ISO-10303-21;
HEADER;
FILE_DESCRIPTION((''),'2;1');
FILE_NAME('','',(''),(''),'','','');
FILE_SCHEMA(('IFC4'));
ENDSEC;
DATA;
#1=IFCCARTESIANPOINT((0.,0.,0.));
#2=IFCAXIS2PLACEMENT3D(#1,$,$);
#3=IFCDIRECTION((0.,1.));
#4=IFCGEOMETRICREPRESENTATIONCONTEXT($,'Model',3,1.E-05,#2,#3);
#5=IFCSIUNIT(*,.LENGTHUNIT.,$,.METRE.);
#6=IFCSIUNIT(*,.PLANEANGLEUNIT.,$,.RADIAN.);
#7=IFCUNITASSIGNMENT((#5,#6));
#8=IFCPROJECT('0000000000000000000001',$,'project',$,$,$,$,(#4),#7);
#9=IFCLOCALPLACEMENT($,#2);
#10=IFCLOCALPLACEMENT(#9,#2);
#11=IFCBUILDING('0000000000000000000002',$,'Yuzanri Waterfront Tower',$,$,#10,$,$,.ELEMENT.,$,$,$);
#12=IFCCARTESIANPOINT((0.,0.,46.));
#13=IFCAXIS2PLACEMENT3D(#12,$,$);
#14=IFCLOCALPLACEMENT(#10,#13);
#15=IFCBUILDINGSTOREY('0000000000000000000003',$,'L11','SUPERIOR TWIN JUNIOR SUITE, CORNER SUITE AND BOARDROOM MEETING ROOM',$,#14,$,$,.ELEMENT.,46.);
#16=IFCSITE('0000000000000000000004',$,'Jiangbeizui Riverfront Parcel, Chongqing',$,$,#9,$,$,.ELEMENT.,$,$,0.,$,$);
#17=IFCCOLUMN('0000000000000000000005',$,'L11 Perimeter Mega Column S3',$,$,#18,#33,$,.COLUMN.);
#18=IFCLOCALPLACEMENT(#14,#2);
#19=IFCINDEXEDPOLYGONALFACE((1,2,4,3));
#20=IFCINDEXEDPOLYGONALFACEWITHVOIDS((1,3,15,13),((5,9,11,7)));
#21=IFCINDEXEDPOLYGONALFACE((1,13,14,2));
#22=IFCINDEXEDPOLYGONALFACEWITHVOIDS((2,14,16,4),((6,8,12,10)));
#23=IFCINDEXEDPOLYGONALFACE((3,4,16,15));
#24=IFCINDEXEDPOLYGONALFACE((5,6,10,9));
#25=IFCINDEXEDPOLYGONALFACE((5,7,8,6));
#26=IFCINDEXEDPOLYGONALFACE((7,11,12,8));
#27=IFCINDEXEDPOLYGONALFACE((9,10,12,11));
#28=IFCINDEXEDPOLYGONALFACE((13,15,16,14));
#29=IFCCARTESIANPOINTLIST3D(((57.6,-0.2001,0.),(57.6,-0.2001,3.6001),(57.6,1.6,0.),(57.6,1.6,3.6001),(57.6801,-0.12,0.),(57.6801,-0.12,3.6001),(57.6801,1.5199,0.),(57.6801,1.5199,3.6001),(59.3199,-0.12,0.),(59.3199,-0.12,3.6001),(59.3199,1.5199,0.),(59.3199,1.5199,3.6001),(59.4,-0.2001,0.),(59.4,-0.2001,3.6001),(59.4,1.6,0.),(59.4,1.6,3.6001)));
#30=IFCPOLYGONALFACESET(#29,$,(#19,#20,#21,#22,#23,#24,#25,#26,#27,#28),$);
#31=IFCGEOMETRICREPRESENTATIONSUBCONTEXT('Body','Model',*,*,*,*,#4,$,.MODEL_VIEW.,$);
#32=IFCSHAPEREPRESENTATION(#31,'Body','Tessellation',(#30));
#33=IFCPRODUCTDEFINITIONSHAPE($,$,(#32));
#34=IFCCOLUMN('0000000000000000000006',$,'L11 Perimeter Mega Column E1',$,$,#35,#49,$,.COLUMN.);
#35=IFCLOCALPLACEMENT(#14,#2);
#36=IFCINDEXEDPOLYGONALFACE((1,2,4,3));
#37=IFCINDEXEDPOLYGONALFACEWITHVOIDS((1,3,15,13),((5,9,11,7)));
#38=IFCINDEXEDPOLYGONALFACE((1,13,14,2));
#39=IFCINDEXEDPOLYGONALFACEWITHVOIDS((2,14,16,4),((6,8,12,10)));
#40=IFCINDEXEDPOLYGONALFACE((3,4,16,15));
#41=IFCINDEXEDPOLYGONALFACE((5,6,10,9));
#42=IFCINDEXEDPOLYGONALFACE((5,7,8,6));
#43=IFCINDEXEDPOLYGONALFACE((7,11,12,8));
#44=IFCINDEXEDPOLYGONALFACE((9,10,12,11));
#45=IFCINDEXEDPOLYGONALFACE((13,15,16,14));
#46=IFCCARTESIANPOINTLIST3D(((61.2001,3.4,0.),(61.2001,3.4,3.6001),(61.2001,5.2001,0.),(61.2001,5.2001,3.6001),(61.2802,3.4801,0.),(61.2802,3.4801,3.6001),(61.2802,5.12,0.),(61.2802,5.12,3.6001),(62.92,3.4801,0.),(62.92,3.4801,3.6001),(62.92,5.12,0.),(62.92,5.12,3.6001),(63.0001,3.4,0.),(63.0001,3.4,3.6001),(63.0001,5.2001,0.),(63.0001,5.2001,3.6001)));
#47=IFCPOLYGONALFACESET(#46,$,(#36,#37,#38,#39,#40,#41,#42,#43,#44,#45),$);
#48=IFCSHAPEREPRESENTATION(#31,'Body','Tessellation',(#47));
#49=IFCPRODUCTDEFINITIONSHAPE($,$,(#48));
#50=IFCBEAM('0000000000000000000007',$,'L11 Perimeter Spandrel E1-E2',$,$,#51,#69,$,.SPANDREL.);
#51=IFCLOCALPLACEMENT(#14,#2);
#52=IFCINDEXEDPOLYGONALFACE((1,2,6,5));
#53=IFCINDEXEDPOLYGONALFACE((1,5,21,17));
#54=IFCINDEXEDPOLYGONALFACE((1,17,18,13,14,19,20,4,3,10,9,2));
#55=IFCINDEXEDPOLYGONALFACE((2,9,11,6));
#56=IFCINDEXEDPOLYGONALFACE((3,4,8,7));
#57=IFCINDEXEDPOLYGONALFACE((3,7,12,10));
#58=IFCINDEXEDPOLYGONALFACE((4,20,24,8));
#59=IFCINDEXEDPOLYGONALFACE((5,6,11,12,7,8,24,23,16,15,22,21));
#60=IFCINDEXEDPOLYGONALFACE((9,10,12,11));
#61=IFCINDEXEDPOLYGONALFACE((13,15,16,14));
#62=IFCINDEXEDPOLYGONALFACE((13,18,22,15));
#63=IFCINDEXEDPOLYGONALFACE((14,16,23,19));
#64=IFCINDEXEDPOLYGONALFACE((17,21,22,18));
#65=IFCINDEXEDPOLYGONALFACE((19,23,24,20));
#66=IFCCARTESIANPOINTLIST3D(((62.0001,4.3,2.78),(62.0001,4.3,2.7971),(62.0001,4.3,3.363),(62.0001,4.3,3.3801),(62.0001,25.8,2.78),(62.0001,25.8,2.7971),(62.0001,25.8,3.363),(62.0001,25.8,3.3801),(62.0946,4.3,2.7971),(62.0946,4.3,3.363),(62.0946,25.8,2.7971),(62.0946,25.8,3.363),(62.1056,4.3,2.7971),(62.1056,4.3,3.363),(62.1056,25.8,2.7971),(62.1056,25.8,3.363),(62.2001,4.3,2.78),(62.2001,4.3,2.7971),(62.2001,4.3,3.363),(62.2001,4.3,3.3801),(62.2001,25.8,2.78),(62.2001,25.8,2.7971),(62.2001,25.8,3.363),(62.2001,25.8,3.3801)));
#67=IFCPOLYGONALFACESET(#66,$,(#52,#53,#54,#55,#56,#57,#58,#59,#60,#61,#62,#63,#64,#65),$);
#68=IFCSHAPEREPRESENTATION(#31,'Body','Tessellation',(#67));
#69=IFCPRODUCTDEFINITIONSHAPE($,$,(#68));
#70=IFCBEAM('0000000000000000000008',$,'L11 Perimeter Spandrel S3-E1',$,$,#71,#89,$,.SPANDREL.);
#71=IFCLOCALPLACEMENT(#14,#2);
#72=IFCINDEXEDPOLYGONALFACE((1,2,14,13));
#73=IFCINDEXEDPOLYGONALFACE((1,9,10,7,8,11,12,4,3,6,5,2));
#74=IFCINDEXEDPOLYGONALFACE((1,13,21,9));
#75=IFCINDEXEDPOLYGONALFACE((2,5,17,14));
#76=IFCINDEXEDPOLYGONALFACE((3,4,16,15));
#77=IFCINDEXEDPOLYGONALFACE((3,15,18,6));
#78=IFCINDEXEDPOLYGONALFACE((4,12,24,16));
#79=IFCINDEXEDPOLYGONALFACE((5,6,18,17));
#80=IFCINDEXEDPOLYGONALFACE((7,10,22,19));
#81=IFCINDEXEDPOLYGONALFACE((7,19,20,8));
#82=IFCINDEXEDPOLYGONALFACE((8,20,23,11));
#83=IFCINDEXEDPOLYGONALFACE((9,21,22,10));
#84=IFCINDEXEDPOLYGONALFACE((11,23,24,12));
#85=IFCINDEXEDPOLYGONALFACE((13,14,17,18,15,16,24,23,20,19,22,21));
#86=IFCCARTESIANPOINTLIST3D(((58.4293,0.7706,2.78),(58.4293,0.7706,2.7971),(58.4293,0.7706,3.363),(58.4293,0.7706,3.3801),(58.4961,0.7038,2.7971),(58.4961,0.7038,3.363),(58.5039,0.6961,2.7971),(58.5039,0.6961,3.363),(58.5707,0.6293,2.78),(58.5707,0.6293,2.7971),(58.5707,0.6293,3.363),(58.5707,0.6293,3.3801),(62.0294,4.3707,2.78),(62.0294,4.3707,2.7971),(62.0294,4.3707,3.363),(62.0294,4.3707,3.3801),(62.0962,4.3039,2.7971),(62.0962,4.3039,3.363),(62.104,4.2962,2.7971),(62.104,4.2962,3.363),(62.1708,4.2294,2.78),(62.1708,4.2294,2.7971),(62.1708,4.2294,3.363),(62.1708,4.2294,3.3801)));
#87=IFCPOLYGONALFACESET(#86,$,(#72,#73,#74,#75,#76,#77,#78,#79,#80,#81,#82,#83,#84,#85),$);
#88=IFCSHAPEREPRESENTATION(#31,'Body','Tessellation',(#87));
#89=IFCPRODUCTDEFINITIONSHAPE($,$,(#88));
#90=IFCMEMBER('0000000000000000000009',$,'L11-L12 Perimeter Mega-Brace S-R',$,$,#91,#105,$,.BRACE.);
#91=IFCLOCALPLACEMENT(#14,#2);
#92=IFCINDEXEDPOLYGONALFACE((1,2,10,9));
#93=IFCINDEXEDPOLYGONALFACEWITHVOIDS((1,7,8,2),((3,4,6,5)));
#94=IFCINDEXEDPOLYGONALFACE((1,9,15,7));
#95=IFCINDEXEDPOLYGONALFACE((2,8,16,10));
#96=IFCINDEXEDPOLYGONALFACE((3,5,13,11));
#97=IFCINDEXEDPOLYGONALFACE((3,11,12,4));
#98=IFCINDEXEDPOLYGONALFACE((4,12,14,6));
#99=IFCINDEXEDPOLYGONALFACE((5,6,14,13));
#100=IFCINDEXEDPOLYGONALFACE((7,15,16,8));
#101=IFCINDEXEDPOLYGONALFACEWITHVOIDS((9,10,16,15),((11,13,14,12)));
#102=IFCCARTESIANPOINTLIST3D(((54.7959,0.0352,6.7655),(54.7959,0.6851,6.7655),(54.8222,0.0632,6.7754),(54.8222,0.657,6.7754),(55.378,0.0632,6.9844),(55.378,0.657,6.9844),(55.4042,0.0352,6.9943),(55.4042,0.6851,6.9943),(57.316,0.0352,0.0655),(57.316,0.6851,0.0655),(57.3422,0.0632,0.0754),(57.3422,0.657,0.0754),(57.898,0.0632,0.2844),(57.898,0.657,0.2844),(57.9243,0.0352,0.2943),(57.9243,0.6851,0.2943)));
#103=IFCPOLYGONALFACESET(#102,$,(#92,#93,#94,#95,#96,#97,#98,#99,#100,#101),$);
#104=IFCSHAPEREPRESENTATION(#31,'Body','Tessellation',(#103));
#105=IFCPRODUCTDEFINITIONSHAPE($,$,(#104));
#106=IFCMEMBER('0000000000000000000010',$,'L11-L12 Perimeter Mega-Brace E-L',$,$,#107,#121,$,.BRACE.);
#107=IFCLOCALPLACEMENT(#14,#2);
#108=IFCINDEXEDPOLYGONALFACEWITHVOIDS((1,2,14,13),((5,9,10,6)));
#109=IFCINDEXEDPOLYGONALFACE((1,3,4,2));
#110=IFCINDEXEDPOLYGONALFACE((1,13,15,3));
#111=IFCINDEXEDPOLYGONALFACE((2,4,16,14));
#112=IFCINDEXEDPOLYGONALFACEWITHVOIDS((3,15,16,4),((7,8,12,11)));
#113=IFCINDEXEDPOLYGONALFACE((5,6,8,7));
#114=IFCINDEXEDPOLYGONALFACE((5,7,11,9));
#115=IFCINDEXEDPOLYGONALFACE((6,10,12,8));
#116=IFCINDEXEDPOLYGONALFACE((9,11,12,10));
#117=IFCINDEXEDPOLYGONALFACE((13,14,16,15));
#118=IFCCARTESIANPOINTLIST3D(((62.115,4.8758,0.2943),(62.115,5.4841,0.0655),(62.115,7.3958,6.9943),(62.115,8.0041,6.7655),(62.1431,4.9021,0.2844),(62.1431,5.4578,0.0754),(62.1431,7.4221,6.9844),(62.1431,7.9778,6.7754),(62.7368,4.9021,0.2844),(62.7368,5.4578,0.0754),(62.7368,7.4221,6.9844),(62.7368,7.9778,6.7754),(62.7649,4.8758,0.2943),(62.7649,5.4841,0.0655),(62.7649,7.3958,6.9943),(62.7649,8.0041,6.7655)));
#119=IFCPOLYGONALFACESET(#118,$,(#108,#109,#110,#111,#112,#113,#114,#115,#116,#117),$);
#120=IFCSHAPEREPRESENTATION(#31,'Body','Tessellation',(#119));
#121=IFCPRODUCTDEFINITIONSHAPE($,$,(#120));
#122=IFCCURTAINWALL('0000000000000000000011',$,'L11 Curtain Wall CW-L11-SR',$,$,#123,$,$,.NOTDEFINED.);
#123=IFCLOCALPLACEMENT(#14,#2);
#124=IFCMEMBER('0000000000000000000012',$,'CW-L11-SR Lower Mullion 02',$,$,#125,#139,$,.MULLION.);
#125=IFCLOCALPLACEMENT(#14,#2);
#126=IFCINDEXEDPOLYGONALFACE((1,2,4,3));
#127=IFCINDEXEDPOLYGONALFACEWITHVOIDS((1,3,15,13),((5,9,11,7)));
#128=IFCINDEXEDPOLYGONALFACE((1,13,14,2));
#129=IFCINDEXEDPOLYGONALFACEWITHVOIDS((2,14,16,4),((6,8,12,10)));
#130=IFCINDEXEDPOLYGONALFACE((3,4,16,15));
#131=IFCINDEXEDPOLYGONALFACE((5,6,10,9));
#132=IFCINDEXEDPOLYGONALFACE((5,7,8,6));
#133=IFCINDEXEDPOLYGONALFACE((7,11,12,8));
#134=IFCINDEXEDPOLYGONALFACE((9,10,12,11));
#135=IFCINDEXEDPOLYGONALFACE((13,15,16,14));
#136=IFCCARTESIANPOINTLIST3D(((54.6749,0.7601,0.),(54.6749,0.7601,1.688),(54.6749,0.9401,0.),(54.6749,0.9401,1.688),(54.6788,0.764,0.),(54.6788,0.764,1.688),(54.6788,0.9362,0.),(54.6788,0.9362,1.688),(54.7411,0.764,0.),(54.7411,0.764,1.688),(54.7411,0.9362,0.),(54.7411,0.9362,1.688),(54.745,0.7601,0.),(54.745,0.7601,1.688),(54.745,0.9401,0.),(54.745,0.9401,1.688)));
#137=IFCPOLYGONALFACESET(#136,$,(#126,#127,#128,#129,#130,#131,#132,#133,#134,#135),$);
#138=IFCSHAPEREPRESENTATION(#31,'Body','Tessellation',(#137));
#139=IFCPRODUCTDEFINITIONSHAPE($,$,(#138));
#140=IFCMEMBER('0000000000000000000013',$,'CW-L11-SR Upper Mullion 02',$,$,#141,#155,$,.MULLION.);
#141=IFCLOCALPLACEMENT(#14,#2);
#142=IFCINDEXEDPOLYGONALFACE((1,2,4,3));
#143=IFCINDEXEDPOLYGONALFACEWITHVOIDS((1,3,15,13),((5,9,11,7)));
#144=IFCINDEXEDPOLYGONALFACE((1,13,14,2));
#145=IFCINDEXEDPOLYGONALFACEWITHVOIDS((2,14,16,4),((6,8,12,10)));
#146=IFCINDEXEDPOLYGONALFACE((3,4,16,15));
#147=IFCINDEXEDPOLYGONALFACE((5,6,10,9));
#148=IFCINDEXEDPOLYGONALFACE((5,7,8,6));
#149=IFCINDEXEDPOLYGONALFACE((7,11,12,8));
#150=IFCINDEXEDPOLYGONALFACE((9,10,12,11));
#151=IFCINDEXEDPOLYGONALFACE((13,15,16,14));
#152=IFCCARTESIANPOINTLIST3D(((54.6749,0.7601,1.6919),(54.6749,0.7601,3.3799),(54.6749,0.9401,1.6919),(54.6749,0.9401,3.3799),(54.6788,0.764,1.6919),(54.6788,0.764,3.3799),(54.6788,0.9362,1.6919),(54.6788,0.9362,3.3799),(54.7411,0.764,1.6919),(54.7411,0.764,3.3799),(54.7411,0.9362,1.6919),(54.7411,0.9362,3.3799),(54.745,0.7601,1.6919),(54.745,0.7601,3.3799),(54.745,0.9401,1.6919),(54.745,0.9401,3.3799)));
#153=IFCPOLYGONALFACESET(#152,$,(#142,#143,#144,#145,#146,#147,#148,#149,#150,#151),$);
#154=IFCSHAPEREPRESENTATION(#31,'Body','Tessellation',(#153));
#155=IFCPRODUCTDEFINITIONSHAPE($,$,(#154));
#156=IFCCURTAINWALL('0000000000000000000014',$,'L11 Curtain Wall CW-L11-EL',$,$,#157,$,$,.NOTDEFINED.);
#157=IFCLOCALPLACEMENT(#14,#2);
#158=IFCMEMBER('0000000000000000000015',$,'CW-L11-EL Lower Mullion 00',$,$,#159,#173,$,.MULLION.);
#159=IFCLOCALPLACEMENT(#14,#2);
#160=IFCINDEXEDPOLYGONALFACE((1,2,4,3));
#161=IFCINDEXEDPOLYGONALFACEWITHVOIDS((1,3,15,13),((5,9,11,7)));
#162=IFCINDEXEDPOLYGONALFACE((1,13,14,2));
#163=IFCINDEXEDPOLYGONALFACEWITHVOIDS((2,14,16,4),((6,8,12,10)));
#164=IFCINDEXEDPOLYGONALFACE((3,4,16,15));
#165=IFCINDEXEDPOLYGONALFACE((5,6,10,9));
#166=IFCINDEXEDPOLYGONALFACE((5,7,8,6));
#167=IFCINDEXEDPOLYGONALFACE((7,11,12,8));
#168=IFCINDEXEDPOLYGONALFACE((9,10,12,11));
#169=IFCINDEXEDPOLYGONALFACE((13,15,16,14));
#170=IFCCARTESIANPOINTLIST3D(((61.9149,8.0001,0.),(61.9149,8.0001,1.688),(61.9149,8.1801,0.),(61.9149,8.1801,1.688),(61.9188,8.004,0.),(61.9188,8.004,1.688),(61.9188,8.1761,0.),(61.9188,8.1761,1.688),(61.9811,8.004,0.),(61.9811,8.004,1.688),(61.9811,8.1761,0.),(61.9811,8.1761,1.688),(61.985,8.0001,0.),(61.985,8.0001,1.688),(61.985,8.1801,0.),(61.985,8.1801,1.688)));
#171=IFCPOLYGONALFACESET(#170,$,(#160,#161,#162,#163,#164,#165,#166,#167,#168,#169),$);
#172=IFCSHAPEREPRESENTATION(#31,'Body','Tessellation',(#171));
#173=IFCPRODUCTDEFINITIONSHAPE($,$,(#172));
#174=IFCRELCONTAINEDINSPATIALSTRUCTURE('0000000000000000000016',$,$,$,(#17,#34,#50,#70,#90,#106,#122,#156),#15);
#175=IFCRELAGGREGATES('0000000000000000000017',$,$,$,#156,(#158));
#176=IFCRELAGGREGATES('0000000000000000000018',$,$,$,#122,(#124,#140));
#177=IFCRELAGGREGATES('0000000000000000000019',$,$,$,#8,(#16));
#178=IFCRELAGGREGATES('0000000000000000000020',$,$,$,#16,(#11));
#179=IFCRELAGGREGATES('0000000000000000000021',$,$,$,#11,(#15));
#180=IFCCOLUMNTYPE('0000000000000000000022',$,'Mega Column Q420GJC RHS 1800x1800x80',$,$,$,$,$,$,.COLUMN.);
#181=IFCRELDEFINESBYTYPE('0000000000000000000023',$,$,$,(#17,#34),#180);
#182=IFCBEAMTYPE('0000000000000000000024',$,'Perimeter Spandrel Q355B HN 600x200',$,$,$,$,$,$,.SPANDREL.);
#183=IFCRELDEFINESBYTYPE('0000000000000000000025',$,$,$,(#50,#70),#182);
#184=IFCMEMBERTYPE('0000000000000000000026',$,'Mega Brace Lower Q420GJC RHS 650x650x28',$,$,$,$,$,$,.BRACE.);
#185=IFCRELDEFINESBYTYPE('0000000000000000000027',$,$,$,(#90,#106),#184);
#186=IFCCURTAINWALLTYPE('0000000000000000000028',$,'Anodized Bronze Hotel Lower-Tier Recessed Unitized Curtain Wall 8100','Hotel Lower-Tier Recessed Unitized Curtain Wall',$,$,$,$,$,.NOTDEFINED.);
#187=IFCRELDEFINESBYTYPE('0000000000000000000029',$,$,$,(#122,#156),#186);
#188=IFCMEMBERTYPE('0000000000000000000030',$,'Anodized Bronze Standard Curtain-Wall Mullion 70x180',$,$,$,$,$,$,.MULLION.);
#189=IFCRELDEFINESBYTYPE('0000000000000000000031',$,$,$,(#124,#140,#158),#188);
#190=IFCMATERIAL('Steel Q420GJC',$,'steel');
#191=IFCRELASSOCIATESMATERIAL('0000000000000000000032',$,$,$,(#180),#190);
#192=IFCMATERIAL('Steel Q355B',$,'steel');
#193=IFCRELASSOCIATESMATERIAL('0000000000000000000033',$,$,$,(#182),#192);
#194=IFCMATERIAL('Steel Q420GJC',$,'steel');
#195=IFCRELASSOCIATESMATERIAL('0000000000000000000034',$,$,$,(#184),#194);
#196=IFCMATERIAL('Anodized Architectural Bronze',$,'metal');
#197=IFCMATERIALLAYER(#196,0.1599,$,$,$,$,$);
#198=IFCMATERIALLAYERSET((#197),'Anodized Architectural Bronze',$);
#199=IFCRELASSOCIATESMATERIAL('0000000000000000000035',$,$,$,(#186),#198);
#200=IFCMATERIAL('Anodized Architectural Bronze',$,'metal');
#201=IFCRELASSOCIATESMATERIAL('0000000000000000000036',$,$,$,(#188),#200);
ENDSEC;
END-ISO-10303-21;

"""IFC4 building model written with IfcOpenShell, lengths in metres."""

from ifc_helpers import new_model, si_unit, direction, frame, origin, origin_2d, place, context, subcontext, project, spatial, hollow_rectangle, i_section, extrude, source, transform, mapped, material, layer, layer_set, material_profile, profile_set, type_object, element, aggregate, save


model = new_model("IFC4")

# Units and contexts
model_context = context("Model", 3, precision=1e-05, world=origin(), true_north=direction((0.0, 1.0)))
body_context = subcontext(model_context, "Body", "Model", "MODEL_VIEW")
ifc_project = project(units=[si_unit("LENGTHUNIT", "METRE"), si_unit("PLANEANGLEUNIT", "RADIAN")], contexts=[model_context])

# Site, building, storey
site_placement = place(None, origin())
site = spatial("IfcSite", under=ifc_project, at=site_placement, Name="Jiangbeizui Riverfront Parcel, Chongqing", CompositionType="ELEMENT", RefElevation=0.0)
building_placement = place(site_placement, origin())
building = spatial("IfcBuilding", under=site, at=building_placement, Name="Yuzanri Waterfront Tower", CompositionType="ELEMENT")
storey_placement = place(building_placement, frame((0.0, 0.0, 46.0)))
storey = spatial("IfcBuildingStorey", under=building, at=storey_placement, Name="L11", Description="SUPERIOR TWIN JUNIOR SUITE, CORNER SUITE AND BOARDROOM MEETING ROOM", CompositionType="ELEMENT", Elevation=46.0)

# Columns
ifc_material_1 = material(Name="Steel Q420GJC", Category="steel")
ifc_material_profile_1 = material_profile(ifc_material_1, hollow_rectangle(XDim=1.8, YDim=1.8, WallThickness=0.0801, at=origin_2d()), Name="RHS 1800x1800x80")
ifc_profile_set_1 = profile_set([ifc_material_profile_1], Name="Steel Q420GJC")
column_type = type_object("IfcColumnType", Name="Mega Column Q420GJC RHS 1800x1800x80", PredefinedType="COLUMN", material=ifc_profile_set_1)
shared_shape_1 = source(origin(), body_context, "Body", "SweptSolid", [
    extrude(hollow_rectangle(XDim=1.8, YDim=1.8, WallThickness=0.0801, at=origin_2d()), origin(), (0.0, 0.0, 1.0), 3.6001),
])
for number, where, z_axis, x_axis, name in (
    (1, (58.5, 0.7, 0.0), (0.0, 0.0, 1.0), (1.0, 0.0, 0.0), "L11 Perimeter Mega Column S3"),
    (2, (62.1001, 4.3, 0.0), (0.0, 0.0, 1.0), (1.0, 0.0, 0.0), "L11 Perimeter Mega Column E1"),
):
    element("IfcColumn", number, at=place(storey_placement, frame(where, z_axis=z_axis, x_axis=x_axis)), inside=storey, type_object=column_type, Name=name, PredefinedType="COLUMN", context=body_context, shape_type="MappedRepresentation", body=[
        mapped(shared_shape_1, transform((0.0, 0.0, 0.0), scale=1.0)),
    ])

# Beams
ifc_material_2 = material(Name="Steel Q355B", Category="steel")
ifc_material_profile_2 = material_profile(ifc_material_2, i_section(OverallWidth=0.2, OverallDepth=0.6001, WebThickness=0.011, FlangeThickness=0.0171, at=origin_2d()), Name="HN 600x200x11x17")
ifc_profile_set_2 = profile_set([ifc_material_profile_2], Name="Steel Q355B")
beam_type = type_object("IfcBeamType", Name="Perimeter Spandrel Q355B HN 600x200", PredefinedType="SPANDREL", material=ifc_profile_set_2)
shared_shape_2 = source(origin(), body_context, "Body", "SweptSolid", [
    extrude(i_section(OverallWidth=0.2, OverallDepth=0.6001, WebThickness=0.011, FlangeThickness=0.0171, at=origin_2d()), origin(), (0.0, 0.0, 1.0), 21.5),
])
beam_1_placement = place(storey_placement, frame((62.1001, 4.3, 3.0801), z_axis=(0.0, 1.0, 0.0), x_axis=(-1.0, 0.0, 0.0)))
element("IfcBeam", 3, at=beam_1_placement, inside=storey, type_object=beam_type, Name="L11 Perimeter Spandrel E1-E2", PredefinedType="SPANDREL", context=body_context, shape_type="MappedRepresentation", body=[
    mapped(shared_shape_2, transform((0.0, 0.0, 0.0), scale=1.0)),
])
shared_shape_3 = source(origin(), body_context, "Body", "SweptSolid", [
    extrude(i_section(OverallWidth=0.2, OverallDepth=0.6001, WebThickness=0.011, FlangeThickness=0.0171, at=origin_2d()), origin(), (0.0, 0.0, 1.0), 5.0913),
])
beam_2_placement = place(storey_placement, frame((58.5, 0.7, 3.0801), z_axis=(0.707107, 0.707107, 0.0), x_axis=(-0.707107, 0.707107, 0.0)))
element("IfcBeam", 4, at=beam_2_placement, inside=storey, type_object=beam_type, Name="L11 Perimeter Spandrel S3-E1", PredefinedType="SPANDREL", context=body_context, shape_type="MappedRepresentation", body=[
    mapped(shared_shape_3, transform((0.0, 0.0, 0.0), scale=1.0)),
])

# Members
ifc_material_3 = material(Name="Steel Q420GJC", Category="steel")
ifc_material_profile_3 = material_profile(ifc_material_3, hollow_rectangle(XDim=0.6499, YDim=0.6499, WallThickness=0.0281, at=origin_2d()), Name="RHS 650x650x28")
ifc_profile_set_3 = profile_set([ifc_material_profile_3], Name="Steel Q420GJC")
member_type_1 = type_object("IfcMemberType", Name="Mega Brace Lower Q420GJC RHS 650x650x28", PredefinedType="BRACE", material=ifc_profile_set_3)
shared_shape_4 = source(origin(), body_context, "Body", "SweptSolid", [
    extrude(hollow_rectangle(XDim=0.6499, YDim=0.6499, WallThickness=0.0281, at=origin_2d()), origin(), (0.0, 0.0, 1.0), 7.1582),
])
for number, where, z_axis, x_axis, name in (
    (5, (57.6201, 0.3601, 0.1799), (-0.352046, 0.0, 0.935983), (0.0, -1.0, 0.0), "L11-L12 Perimeter Mega-Brace S-R"),
    (6, (62.4399, 5.1799, 0.1799), (0.0, 0.352046, 0.935983), (-1.0, 0.0, 0.0), "L11-L12 Perimeter Mega-Brace E-L"),
):
    element("IfcMember", number, at=place(storey_placement, frame(where, z_axis=z_axis, x_axis=x_axis)), inside=storey, type_object=member_type_1, Name=name, PredefinedType="BRACE", context=body_context, shape_type="MappedRepresentation", body=[
        mapped(shared_shape_4, transform((0.0, 0.0, 0.0), scale=1.0)),
    ])

# Curtain walls, members
ifc_material_4 = material(Name="Anodized Architectural Bronze", Category="metal")
ifc_layer_1 = layer(ifc_material_4, 0.1599)
ifc_layer_set_1 = layer_set([ifc_layer_1], Name="Anodized Architectural Bronze")
curtain_wall_type = type_object("IfcCurtainWallType", Name="Anodized Bronze Hotel Lower-Tier Recessed Unitized Curtain Wall 8100", Description="Hotel Lower-Tier Recessed Unitized Curtain Wall", PredefinedType="NOTDEFINED", material=ifc_layer_set_1)
curtain_wall_1_placement = place(storey_placement, origin())
curtain_wall_1 = element("IfcCurtainWall", 7, at=curtain_wall_1_placement, inside=storey, type_object=curtain_wall_type, Name="L11 Curtain Wall CW-L11-SR", PredefinedType="NOTDEFINED")
ifc_material_5 = material(Name="Anodized Architectural Bronze", Category="metal")
ifc_material_profile_4 = material_profile(ifc_material_5, hollow_rectangle(XDim=0.0701, YDim=0.1799, WallThickness=0.0039, at=origin_2d()), Name="CWM 70x180")
ifc_profile_set_4 = profile_set([ifc_material_profile_4], Name="Anodized Architectural Bronze")
member_type_2 = type_object("IfcMemberType", Name="Anodized Bronze Standard Curtain-Wall Mullion 70x180", PredefinedType="MULLION", material=ifc_profile_set_4)
shared_shape_5 = source(origin(), body_context, "Body", "SweptSolid", [
    extrude(hollow_rectangle(XDim=0.0701, YDim=0.1799, WallThickness=0.0039, at=origin_2d()), origin(), (0.0, 0.0, 1.0), 1.688),
])
member_1_placement = place(storey_placement, frame((54.71, 0.8501, 0.0), z_axis=(0.0, 0.0, 1.0), x_axis=(1.0, 0.0, 0.0)))
member_1 = element("IfcMember", 8, at=member_1_placement, type_object=member_type_2, Name="CW-L11-SR Lower Mullion 02", PredefinedType="MULLION", context=body_context, shape_type="MappedRepresentation", body=[
    mapped(shared_shape_5, transform((0.0, 0.0, 0.0), scale=1.0)),
])
member_2_placement = place(storey_placement, frame((54.71, 0.8501, 1.6919), z_axis=(0.0, 0.0, 1.0), x_axis=(1.0, 0.0, 0.0)))
member_2 = element("IfcMember", 9, at=member_2_placement, type_object=member_type_2, Name="CW-L11-SR Upper Mullion 02", PredefinedType="MULLION", context=body_context, shape_type="MappedRepresentation", body=[
    mapped(shared_shape_5, transform((0.0, 0.0, 0.0), scale=1.0)),
])
curtain_wall_2_placement = place(storey_placement, origin())
curtain_wall_2 = element("IfcCurtainWall", 10, at=curtain_wall_2_placement, inside=storey, type_object=curtain_wall_type, Name="L11 Curtain Wall CW-L11-EL", PredefinedType="NOTDEFINED")
member_3_placement = place(storey_placement, frame((61.95, 8.0901, 0.0), z_axis=(0.0, 0.0, 1.0), x_axis=(1.0, 0.0, 0.0)))
member_3 = element("IfcMember", 11, at=member_3_placement, type_object=member_type_2, Name="CW-L11-EL Lower Mullion 00", PredefinedType="MULLION", context=body_context, shape_type="MappedRepresentation", body=[
    mapped(shared_shape_5, transform((0.0, 0.0, 0.0), scale=1.0)),
])
aggregate(curtain_wall_2, [member_3])

aggregate(curtain_wall_1, [member_1, member_2])

save(model, "model.ifc")
